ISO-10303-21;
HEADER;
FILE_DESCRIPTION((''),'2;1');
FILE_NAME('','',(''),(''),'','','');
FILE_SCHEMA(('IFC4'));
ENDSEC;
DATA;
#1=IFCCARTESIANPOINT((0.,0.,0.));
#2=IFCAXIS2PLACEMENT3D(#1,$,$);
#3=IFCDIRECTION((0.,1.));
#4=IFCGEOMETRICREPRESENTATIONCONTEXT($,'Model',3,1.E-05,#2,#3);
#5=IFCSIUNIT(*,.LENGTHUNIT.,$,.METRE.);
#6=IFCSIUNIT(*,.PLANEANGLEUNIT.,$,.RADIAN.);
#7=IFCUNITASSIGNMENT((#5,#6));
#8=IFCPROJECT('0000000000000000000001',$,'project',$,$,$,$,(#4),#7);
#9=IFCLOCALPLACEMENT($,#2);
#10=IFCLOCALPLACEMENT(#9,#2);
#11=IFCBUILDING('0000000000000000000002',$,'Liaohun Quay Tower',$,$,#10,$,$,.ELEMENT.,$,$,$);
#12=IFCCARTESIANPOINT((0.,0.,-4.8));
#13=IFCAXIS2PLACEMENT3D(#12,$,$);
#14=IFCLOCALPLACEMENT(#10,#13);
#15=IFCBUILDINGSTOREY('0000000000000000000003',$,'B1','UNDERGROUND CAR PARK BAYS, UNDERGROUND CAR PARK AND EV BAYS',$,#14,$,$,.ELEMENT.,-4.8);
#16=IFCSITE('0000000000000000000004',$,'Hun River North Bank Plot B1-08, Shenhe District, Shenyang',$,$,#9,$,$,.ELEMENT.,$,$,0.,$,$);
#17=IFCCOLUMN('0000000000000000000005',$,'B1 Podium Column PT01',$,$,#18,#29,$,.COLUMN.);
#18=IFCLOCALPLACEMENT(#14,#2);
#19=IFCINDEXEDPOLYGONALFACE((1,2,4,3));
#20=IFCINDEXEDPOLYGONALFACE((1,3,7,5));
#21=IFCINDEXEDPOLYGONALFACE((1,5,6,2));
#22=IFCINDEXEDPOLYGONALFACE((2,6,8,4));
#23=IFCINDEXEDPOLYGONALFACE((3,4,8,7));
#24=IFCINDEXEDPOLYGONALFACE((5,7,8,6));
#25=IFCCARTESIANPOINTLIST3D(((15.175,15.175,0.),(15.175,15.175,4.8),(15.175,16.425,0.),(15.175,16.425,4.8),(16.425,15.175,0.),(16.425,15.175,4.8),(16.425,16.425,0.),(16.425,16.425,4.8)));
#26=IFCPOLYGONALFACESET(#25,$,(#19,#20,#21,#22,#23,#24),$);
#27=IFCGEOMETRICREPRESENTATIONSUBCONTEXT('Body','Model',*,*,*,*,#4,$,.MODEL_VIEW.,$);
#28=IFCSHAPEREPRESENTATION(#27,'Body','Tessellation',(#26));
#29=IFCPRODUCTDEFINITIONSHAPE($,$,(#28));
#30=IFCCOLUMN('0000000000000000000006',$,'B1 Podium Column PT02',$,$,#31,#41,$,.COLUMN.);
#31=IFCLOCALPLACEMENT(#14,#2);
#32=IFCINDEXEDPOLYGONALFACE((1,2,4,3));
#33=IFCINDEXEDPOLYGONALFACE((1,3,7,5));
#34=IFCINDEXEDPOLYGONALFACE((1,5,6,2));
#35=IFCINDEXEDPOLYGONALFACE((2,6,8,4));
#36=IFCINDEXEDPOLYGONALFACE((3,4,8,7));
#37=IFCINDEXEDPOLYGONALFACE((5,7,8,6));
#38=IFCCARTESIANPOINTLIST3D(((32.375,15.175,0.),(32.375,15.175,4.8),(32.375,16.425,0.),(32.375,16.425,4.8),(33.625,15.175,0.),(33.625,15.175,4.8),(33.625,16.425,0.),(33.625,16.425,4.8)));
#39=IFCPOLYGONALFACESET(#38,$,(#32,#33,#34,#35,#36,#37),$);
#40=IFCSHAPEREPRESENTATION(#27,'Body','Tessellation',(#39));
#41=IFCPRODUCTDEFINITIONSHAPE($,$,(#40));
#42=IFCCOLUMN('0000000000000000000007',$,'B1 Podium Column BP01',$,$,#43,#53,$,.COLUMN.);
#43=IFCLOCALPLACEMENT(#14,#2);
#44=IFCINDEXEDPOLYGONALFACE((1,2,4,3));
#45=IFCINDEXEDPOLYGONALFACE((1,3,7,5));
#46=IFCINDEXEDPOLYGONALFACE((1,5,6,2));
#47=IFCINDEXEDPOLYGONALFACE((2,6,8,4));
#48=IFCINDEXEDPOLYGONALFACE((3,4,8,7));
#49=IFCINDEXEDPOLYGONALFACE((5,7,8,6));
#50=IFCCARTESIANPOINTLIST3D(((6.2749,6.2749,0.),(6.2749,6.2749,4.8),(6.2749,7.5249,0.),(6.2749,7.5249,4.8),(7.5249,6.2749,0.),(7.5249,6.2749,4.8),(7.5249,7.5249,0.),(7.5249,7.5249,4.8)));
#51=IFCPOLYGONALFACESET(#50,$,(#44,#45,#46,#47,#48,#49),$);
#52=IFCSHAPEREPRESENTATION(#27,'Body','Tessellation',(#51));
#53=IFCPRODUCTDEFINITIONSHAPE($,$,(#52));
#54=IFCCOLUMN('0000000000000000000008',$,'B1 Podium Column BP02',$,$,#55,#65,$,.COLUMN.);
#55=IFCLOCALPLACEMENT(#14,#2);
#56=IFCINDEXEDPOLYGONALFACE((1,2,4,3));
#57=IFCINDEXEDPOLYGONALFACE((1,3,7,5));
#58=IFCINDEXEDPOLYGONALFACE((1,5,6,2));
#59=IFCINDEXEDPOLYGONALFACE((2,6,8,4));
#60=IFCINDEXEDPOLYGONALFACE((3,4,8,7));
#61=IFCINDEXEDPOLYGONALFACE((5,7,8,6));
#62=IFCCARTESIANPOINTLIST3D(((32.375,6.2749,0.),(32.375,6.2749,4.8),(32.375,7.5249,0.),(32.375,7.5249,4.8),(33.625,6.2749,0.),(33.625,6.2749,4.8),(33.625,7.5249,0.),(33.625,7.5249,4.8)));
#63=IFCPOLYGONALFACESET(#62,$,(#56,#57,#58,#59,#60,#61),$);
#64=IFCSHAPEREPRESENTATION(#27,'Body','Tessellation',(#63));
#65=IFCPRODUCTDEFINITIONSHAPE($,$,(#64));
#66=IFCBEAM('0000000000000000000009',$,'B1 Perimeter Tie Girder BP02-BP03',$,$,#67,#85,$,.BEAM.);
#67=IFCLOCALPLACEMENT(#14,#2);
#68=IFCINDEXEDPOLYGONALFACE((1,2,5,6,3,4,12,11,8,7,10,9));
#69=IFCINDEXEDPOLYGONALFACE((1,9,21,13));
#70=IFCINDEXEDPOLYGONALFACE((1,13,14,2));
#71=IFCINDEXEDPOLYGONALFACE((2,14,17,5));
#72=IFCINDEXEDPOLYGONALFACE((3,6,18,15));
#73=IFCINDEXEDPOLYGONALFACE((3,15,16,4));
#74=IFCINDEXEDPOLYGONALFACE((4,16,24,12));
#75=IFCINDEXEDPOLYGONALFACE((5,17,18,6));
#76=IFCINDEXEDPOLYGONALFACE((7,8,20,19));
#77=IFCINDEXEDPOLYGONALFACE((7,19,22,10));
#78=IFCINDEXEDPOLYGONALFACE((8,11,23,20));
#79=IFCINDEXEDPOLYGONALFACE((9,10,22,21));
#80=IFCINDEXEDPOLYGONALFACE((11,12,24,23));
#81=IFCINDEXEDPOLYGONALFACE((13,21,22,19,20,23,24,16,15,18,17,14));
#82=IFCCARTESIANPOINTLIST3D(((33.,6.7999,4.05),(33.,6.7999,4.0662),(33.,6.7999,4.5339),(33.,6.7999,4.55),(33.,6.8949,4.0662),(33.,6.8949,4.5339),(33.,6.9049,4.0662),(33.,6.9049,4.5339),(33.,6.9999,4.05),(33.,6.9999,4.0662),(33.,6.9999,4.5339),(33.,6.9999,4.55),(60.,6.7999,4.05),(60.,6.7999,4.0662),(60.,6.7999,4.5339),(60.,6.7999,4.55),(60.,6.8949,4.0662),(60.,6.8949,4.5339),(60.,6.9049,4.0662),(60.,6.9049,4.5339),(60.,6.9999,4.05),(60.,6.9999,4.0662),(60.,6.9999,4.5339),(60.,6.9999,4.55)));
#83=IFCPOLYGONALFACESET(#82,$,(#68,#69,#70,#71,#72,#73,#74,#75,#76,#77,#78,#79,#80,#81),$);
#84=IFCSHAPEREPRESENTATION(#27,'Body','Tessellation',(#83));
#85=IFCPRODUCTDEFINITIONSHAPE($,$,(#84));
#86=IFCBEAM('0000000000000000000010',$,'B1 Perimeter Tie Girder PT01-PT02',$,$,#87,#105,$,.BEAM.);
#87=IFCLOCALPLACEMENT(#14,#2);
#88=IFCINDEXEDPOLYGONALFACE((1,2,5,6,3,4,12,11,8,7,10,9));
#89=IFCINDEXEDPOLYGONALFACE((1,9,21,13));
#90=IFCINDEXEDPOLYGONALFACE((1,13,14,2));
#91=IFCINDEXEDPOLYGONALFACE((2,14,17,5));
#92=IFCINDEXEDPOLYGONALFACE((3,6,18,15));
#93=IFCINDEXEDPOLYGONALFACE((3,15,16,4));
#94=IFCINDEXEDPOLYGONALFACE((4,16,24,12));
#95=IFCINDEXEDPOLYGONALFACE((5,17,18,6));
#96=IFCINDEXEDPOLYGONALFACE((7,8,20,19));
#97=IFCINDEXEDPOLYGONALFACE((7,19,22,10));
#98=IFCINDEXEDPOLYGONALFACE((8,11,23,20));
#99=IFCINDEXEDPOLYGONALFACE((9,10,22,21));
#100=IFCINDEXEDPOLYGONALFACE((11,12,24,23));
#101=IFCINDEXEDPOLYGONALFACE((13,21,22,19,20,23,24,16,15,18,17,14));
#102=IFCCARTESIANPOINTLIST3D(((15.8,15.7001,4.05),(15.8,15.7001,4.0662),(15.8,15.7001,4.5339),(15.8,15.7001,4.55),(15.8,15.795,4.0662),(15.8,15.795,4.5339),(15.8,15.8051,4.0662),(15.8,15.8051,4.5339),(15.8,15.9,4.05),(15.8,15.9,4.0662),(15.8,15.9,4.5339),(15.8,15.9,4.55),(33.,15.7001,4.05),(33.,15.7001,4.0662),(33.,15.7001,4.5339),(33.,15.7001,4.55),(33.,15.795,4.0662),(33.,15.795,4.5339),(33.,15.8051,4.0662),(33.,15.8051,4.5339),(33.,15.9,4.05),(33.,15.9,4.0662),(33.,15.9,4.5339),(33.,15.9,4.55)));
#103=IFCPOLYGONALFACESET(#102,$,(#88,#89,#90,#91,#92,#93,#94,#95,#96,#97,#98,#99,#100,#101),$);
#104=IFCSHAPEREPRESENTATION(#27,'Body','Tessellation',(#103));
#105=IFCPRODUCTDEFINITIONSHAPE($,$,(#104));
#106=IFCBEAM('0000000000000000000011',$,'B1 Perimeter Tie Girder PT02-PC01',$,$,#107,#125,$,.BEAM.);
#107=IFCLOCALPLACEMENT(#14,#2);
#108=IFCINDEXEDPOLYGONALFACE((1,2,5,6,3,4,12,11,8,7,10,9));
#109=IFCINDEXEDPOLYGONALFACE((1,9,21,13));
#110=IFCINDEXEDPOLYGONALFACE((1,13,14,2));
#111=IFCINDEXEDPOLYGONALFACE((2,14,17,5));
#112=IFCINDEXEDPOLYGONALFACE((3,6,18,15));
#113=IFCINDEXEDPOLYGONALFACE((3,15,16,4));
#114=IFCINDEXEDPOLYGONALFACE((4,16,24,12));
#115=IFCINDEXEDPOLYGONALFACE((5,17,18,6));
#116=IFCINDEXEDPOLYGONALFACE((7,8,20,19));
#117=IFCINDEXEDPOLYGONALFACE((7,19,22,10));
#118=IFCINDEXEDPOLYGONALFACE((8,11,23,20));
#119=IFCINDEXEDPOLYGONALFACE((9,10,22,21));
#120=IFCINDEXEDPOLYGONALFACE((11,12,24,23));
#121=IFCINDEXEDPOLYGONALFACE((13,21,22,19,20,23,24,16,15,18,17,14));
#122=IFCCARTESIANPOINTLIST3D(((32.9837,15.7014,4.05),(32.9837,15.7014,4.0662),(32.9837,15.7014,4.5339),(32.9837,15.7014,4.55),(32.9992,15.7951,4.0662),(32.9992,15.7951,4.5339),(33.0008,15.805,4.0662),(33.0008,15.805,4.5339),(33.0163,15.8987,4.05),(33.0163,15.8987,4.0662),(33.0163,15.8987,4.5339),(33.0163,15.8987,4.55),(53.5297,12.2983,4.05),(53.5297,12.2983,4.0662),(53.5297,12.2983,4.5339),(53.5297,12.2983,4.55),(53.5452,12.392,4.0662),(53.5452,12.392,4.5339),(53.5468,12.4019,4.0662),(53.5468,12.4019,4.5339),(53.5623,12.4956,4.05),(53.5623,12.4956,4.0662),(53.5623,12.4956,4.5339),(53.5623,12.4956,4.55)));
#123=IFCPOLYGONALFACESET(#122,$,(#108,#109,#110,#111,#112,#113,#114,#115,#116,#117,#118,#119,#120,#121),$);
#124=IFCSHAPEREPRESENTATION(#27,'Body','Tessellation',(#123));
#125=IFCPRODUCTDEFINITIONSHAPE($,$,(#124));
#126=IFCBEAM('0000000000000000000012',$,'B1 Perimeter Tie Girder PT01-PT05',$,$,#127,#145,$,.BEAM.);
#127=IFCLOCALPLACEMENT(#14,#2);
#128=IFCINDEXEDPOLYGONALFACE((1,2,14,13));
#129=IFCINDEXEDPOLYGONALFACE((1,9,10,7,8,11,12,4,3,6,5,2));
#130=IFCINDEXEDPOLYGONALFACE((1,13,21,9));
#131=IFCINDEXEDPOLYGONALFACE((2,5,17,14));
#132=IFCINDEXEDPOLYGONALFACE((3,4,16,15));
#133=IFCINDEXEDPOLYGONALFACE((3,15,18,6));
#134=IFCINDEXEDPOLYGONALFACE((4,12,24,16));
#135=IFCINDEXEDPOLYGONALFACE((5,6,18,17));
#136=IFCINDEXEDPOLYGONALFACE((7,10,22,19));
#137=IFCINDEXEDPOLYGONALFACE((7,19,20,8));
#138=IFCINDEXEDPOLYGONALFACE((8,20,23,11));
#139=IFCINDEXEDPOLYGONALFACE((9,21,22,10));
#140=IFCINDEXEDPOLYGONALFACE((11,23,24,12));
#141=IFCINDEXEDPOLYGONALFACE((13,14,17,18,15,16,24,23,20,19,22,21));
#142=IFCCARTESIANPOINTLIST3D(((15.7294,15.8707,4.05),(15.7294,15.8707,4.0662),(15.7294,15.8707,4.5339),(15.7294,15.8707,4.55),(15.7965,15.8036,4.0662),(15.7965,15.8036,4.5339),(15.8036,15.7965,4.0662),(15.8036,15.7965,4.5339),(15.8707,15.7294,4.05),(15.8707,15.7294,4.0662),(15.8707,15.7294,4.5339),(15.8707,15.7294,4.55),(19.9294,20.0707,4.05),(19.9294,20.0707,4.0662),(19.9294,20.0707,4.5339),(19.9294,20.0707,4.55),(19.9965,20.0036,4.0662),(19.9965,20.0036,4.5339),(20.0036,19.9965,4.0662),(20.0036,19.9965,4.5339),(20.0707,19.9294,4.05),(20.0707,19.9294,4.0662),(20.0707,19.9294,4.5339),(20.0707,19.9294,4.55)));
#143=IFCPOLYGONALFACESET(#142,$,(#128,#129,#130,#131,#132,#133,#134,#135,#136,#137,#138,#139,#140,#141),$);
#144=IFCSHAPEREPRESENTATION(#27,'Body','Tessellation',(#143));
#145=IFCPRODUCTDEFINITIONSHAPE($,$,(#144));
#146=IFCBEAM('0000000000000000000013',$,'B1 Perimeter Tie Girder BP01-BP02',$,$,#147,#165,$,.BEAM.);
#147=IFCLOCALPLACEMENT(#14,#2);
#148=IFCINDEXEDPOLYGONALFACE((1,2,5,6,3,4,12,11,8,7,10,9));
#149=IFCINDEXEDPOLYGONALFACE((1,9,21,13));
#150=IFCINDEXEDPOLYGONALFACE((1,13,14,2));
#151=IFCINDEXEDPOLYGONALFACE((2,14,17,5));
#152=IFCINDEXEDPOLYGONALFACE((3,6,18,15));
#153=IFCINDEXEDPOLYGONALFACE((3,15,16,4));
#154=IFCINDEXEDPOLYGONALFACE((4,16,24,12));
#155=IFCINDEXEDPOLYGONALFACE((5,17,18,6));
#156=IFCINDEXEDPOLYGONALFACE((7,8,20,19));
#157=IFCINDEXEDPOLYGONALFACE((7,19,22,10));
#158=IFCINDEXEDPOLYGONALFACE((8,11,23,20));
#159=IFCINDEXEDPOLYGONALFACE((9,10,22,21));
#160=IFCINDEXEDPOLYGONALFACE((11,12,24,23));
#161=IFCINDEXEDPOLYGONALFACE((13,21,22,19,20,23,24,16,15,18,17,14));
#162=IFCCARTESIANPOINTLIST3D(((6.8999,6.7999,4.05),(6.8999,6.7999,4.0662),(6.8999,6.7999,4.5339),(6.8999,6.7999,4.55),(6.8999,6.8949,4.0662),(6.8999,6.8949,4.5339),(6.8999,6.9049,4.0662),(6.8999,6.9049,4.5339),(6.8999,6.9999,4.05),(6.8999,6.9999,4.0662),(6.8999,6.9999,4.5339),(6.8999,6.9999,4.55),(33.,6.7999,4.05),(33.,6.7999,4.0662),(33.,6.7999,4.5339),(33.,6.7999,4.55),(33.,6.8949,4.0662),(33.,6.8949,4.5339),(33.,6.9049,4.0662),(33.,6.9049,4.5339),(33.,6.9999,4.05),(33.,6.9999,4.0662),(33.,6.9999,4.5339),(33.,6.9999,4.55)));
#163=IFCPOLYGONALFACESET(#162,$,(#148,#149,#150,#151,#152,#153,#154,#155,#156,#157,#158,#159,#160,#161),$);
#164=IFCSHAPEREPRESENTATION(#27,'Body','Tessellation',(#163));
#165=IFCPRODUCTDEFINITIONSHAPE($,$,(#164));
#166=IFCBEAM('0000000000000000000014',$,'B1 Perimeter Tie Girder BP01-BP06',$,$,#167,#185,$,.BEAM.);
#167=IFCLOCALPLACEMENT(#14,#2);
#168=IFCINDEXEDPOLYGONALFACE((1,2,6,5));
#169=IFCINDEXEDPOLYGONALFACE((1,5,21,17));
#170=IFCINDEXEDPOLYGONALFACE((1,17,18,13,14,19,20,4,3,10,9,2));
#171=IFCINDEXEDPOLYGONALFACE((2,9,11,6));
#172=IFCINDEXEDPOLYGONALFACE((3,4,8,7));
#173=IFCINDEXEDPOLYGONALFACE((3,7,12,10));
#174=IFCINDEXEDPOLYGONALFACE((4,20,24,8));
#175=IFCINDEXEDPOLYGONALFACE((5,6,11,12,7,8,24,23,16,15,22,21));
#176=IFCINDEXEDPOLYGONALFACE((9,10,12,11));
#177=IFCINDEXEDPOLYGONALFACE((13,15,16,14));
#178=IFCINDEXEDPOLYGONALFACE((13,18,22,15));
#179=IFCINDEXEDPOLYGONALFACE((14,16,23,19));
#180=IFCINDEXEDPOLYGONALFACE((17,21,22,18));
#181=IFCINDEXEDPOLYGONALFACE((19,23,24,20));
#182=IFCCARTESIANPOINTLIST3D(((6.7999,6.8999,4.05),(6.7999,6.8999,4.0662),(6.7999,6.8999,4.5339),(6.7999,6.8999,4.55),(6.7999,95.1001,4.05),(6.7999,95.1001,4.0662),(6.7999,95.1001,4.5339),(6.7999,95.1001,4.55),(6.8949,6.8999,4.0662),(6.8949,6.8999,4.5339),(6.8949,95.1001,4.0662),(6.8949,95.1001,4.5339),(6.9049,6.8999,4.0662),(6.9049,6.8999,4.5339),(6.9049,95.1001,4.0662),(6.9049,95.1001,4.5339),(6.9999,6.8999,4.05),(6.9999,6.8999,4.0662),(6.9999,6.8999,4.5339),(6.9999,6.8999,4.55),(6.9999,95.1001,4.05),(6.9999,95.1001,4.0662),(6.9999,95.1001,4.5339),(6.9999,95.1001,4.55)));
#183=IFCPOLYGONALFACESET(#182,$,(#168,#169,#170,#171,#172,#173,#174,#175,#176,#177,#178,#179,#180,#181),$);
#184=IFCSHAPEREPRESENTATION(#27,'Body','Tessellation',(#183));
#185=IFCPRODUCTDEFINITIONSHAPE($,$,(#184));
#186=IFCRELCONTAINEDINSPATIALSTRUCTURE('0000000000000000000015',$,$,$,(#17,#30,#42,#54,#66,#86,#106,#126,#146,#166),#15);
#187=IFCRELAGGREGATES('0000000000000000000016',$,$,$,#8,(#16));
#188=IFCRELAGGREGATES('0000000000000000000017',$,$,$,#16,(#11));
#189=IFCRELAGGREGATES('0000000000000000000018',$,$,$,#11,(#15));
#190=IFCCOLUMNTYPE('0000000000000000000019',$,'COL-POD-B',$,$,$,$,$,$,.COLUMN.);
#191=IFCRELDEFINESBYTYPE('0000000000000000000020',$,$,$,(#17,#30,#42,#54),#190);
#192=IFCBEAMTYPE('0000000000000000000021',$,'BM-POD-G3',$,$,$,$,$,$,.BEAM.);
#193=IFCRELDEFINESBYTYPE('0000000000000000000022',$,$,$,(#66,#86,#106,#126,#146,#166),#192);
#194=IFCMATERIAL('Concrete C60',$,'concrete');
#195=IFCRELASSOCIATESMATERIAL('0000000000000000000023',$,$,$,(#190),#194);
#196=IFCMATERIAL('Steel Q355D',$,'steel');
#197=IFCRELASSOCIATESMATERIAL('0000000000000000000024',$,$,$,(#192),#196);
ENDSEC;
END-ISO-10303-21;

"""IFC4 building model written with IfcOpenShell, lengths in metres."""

from ifc_helpers import new_model, si_unit, direction, frame, origin, origin_2d, place, context, subcontext, project, spatial, rectangle, i_section, extrude, source, transform, mapped, material, material_profile, profile_set, type_object, element, save


model = new_model("IFC4")

# Units and contexts
model_context = context("Model", 3, precision=1e-05, world=origin(), true_north=direction((0.0, 1.0)))
body_context = subcontext(model_context, "Body", "Model", "MODEL_VIEW")
ifc_project = project(units=[si_unit("LENGTHUNIT", "METRE"), si_unit("PLANEANGLEUNIT", "RADIAN")], contexts=[model_context])

# Site, building, storey
site_placement = place(None, origin())
site = spatial("IfcSite", under=ifc_project, at=site_placement, Name="Hun River North Bank Plot B1-08, Shenhe District, Shenyang", CompositionType="ELEMENT", RefElevation=0.0)
building_placement = place(site_placement, origin())
building = spatial("IfcBuilding", under=site, at=building_placement, Name="Liaohun Quay Tower", CompositionType="ELEMENT")
storey_placement = place(building_placement, frame((0.0, 0.0, -4.8)))
storey = spatial("IfcBuildingStorey", under=building, at=storey_placement, Name="B1", Description="UNDERGROUND CAR PARK BAYS, UNDERGROUND CAR PARK AND EV BAYS", CompositionType="ELEMENT", Elevation=-4.8)

# Columns
ifc_material_1 = material(Name="Concrete C60", Category="concrete")
ifc_material_profile_1 = material_profile(ifc_material_1, rectangle(XDim=1.25, YDim=1.25, at=origin_2d()), Name="RC1250x1250")
ifc_profile_set_1 = profile_set([ifc_material_profile_1], Name="Concrete C60")
column_type = type_object("IfcColumnType", Name="COL-POD-B", PredefinedType="COLUMN", material=ifc_profile_set_1)
shared_shape_1 = source(origin(), body_context, "Body", "SweptSolid", [
    extrude(rectangle(XDim=1.25, YDim=1.25, at=origin_2d()), origin(), (0.0, 0.0, 1.0), 4.8),
])
for number, where, z_axis, x_axis, name in (
    (1, (15.8, 15.8, 0.0), (0.0, 0.0, 1.0), (1.0, 0.0, 0.0), "B1 Podium Column PT01"),
    (2, (33.0, 15.8, 0.0), (0.0, 0.0, 1.0), (1.0, 0.0, 0.0), "B1 Podium Column PT02"),
    (3, (6.8999, 6.8999, 0.0), (0.0, 0.0, 1.0), (1.0, 0.0, 0.0), "B1 Podium Column BP01"),
    (4, (33.0, 6.8999, 0.0), (0.0, 0.0, 1.0), (1.0, 0.0, 0.0), "B1 Podium Column BP02"),
):
    element("IfcColumn", number, at=place(storey_placement, frame(where, z_axis=z_axis, x_axis=x_axis)), inside=storey, type_object=column_type, Name=name, PredefinedType="COLUMN", context=body_context, shape_type="MappedRepresentation", body=[
        mapped(shared_shape_1, transform((0.0, 0.0, 0.0), x_axis=(1.0, 0.0, 0.0), y_axis=(0.0, 1.0, 0.0), z_axis=(0.0, 0.0, 1.0), scale=1.0)),
    ])

# Beams
ifc_material_2 = material(Name="Steel Q355D", Category="steel")
ifc_material_profile_2 = material_profile(ifc_material_2, i_section(OverallWidth=0.2, OverallDepth=0.5, WebThickness=0.01, FlangeThickness=0.0161, at=origin_2d()), Name="HN500x200x10x16")
ifc_profile_set_2 = profile_set([ifc_material_profile_2], Name="Steel Q355D")
beam_type_1 = type_object("IfcBeamType", Name="BM-POD-G3", PredefinedType="BEAM", material=ifc_profile_set_2)
shared_shape_2 = source(origin(), body_context, "Body", "SweptSolid", [
    extrude(i_section(OverallWidth=0.2, OverallDepth=0.5, WebThickness=0.01, FlangeThickness=0.0161, at=origin_2d()), origin(), (0.0, 0.0, 1.0), 27.0),
])
beam_1_placement = place(storey_placement, frame((33.0, 6.8999, 4.3), z_axis=(1.0, 0.0, 0.0), x_axis=(0.0, 1.0, 0.0)))
element("IfcBeam", 5, at=beam_1_placement, inside=storey, type_object=beam_type_1, Name="B1 Perimeter Tie Girder BP02-BP03", PredefinedType="BEAM", context=body_context, shape_type="MappedRepresentation", body=[
    mapped(shared_shape_2, transform((0.0, 0.0, 0.0), x_axis=(1.0, 0.0, 0.0), y_axis=(0.0, 1.0, 0.0), z_axis=(0.0, 0.0, 1.0), scale=1.0)),
])
shared_shape_3 = source(origin(), body_context, "Body", "SweptSolid", [
    extrude(i_section(OverallWidth=0.2, OverallDepth=0.5, WebThickness=0.01, FlangeThickness=0.0161, at=origin_2d()), origin(), (0.0, 0.0, 1.0), 17.2),
])
beam_2_placement = place(storey_placement, frame((15.8, 15.8, 4.3), z_axis=(1.0, 0.0, 0.0), x_axis=(0.0, 1.0, 0.0)))
element("IfcBeam", 6, at=beam_2_placement, inside=storey, type_object=beam_type_1, Name="B1 Perimeter Tie Girder PT01-PT02", PredefinedType="BEAM", context=body_context, shape_type="MappedRepresentation", body=[
    mapped(shared_shape_3, transform((0.0, 0.0, 0.0), x_axis=(1.0, 0.0, 0.0), y_axis=(0.0, 1.0, 0.0), z_axis=(0.0, 0.0, 1.0), scale=1.0)),
])
shared_shape_4 = source(origin(), body_context, "Body", "SweptSolid", [
    extrude(i_section(OverallWidth=0.2, OverallDepth=0.5, WebThickness=0.01, FlangeThickness=0.0161, at=origin_2d()), origin(), (0.0, 0.0, 1.0), 20.8259),
])
beam_3_placement = place(storey_placement, frame((33.0, 15.8, 4.3), z_axis=(0.986559, -0.163407, 0.0), x_axis=(0.163407, 0.986559, 0.0)))
element("IfcBeam", 7, at=beam_3_placement, inside=storey, type_object=beam_type_1, Name="B1 Perimeter Tie Girder PT02-PC01", PredefinedType="BEAM", context=body_context, shape_type="MappedRepresentation", body=[
    mapped(shared_shape_4, transform((0.0, 0.0, 0.0), x_axis=(1.0, 0.0, 0.0), y_axis=(0.0, 1.0, 0.0), z_axis=(0.0, 0.0, 1.0), scale=1.0)),
])
shared_shape_5 = source(origin(), body_context, "Body", "SweptSolid", [
    extrude(i_section(OverallWidth=0.2, OverallDepth=0.5, WebThickness=0.01, FlangeThickness=0.0161, at=origin_2d()), origin(), (0.0, 0.0, 1.0), 5.9397),
])
beam_4_placement = place(storey_placement, frame((15.8, 15.8, 4.3), z_axis=(0.707107, 0.707107, 0.0), x_axis=(-0.707107, 0.707107, 0.0)))
element("IfcBeam", 8, at=beam_4_placement, inside=storey, type_object=beam_type_1, Name="B1 Perimeter Tie Girder PT01-PT05", PredefinedType="BEAM", context=body_context, shape_type="MappedRepresentation", body=[
    mapped(shared_shape_5, transform((0.0, 0.0, 0.0), x_axis=(1.0, 0.0, 0.0), y_axis=(0.0, 1.0, 0.0), z_axis=(0.0, 0.0, 1.0), scale=1.0)),
])
shared_shape_6 = source(origin(), body_context, "Body", "SweptSolid", [
    extrude(i_section(OverallWidth=0.2, OverallDepth=0.5, WebThickness=0.01, FlangeThickness=0.0161, at=origin_2d()), origin(), (0.0, 0.0, 1.0), 26.1001),
])
beam_5_placement = place(storey_placement, frame((6.8999, 6.8999, 4.3), z_axis=(1.0, 0.0, 0.0), x_axis=(0.0, 1.0, 0.0)))
element("IfcBeam", 9, at=beam_5_placement, inside=storey, type_object=beam_type_1, Name="B1 Perimeter Tie Girder BP01-BP02", PredefinedType="BEAM", context=body_context, shape_type="MappedRepresentation", body=[
    mapped(shared_shape_6, transform((0.0, 0.0, 0.0), x_axis=(1.0, 0.0, 0.0), y_axis=(0.0, 1.0, 0.0), z_axis=(0.0, 0.0, 1.0), scale=1.0)),
])
shared_shape_7 = source(origin(), body_context, "Body", "SweptSolid", [
    extrude(i_section(OverallWidth=0.2, OverallDepth=0.5, WebThickness=0.01, FlangeThickness=0.0161, at=origin_2d()), origin(), (0.0, 0.0, 1.0), 88.2002),
])
beam_6_placement = place(storey_placement, frame((6.8999, 6.8999, 4.3), z_axis=(0.0, 1.0, 0.0), x_axis=(-1.0, 0.0, 0.0)))
element("IfcBeam", 10, at=beam_6_placement, inside=storey, type_object=beam_type_1, Name="B1 Perimeter Tie Girder BP01-BP06", PredefinedType="BEAM", context=body_context, shape_type="MappedRepresentation", body=[
    mapped(shared_shape_7, transform((0.0, 0.0, 0.0), x_axis=(1.0, 0.0, 0.0), y_axis=(0.0, 1.0, 0.0), z_axis=(0.0, 0.0, 1.0), scale=1.0)),
])

save(model, "model.ifc")
